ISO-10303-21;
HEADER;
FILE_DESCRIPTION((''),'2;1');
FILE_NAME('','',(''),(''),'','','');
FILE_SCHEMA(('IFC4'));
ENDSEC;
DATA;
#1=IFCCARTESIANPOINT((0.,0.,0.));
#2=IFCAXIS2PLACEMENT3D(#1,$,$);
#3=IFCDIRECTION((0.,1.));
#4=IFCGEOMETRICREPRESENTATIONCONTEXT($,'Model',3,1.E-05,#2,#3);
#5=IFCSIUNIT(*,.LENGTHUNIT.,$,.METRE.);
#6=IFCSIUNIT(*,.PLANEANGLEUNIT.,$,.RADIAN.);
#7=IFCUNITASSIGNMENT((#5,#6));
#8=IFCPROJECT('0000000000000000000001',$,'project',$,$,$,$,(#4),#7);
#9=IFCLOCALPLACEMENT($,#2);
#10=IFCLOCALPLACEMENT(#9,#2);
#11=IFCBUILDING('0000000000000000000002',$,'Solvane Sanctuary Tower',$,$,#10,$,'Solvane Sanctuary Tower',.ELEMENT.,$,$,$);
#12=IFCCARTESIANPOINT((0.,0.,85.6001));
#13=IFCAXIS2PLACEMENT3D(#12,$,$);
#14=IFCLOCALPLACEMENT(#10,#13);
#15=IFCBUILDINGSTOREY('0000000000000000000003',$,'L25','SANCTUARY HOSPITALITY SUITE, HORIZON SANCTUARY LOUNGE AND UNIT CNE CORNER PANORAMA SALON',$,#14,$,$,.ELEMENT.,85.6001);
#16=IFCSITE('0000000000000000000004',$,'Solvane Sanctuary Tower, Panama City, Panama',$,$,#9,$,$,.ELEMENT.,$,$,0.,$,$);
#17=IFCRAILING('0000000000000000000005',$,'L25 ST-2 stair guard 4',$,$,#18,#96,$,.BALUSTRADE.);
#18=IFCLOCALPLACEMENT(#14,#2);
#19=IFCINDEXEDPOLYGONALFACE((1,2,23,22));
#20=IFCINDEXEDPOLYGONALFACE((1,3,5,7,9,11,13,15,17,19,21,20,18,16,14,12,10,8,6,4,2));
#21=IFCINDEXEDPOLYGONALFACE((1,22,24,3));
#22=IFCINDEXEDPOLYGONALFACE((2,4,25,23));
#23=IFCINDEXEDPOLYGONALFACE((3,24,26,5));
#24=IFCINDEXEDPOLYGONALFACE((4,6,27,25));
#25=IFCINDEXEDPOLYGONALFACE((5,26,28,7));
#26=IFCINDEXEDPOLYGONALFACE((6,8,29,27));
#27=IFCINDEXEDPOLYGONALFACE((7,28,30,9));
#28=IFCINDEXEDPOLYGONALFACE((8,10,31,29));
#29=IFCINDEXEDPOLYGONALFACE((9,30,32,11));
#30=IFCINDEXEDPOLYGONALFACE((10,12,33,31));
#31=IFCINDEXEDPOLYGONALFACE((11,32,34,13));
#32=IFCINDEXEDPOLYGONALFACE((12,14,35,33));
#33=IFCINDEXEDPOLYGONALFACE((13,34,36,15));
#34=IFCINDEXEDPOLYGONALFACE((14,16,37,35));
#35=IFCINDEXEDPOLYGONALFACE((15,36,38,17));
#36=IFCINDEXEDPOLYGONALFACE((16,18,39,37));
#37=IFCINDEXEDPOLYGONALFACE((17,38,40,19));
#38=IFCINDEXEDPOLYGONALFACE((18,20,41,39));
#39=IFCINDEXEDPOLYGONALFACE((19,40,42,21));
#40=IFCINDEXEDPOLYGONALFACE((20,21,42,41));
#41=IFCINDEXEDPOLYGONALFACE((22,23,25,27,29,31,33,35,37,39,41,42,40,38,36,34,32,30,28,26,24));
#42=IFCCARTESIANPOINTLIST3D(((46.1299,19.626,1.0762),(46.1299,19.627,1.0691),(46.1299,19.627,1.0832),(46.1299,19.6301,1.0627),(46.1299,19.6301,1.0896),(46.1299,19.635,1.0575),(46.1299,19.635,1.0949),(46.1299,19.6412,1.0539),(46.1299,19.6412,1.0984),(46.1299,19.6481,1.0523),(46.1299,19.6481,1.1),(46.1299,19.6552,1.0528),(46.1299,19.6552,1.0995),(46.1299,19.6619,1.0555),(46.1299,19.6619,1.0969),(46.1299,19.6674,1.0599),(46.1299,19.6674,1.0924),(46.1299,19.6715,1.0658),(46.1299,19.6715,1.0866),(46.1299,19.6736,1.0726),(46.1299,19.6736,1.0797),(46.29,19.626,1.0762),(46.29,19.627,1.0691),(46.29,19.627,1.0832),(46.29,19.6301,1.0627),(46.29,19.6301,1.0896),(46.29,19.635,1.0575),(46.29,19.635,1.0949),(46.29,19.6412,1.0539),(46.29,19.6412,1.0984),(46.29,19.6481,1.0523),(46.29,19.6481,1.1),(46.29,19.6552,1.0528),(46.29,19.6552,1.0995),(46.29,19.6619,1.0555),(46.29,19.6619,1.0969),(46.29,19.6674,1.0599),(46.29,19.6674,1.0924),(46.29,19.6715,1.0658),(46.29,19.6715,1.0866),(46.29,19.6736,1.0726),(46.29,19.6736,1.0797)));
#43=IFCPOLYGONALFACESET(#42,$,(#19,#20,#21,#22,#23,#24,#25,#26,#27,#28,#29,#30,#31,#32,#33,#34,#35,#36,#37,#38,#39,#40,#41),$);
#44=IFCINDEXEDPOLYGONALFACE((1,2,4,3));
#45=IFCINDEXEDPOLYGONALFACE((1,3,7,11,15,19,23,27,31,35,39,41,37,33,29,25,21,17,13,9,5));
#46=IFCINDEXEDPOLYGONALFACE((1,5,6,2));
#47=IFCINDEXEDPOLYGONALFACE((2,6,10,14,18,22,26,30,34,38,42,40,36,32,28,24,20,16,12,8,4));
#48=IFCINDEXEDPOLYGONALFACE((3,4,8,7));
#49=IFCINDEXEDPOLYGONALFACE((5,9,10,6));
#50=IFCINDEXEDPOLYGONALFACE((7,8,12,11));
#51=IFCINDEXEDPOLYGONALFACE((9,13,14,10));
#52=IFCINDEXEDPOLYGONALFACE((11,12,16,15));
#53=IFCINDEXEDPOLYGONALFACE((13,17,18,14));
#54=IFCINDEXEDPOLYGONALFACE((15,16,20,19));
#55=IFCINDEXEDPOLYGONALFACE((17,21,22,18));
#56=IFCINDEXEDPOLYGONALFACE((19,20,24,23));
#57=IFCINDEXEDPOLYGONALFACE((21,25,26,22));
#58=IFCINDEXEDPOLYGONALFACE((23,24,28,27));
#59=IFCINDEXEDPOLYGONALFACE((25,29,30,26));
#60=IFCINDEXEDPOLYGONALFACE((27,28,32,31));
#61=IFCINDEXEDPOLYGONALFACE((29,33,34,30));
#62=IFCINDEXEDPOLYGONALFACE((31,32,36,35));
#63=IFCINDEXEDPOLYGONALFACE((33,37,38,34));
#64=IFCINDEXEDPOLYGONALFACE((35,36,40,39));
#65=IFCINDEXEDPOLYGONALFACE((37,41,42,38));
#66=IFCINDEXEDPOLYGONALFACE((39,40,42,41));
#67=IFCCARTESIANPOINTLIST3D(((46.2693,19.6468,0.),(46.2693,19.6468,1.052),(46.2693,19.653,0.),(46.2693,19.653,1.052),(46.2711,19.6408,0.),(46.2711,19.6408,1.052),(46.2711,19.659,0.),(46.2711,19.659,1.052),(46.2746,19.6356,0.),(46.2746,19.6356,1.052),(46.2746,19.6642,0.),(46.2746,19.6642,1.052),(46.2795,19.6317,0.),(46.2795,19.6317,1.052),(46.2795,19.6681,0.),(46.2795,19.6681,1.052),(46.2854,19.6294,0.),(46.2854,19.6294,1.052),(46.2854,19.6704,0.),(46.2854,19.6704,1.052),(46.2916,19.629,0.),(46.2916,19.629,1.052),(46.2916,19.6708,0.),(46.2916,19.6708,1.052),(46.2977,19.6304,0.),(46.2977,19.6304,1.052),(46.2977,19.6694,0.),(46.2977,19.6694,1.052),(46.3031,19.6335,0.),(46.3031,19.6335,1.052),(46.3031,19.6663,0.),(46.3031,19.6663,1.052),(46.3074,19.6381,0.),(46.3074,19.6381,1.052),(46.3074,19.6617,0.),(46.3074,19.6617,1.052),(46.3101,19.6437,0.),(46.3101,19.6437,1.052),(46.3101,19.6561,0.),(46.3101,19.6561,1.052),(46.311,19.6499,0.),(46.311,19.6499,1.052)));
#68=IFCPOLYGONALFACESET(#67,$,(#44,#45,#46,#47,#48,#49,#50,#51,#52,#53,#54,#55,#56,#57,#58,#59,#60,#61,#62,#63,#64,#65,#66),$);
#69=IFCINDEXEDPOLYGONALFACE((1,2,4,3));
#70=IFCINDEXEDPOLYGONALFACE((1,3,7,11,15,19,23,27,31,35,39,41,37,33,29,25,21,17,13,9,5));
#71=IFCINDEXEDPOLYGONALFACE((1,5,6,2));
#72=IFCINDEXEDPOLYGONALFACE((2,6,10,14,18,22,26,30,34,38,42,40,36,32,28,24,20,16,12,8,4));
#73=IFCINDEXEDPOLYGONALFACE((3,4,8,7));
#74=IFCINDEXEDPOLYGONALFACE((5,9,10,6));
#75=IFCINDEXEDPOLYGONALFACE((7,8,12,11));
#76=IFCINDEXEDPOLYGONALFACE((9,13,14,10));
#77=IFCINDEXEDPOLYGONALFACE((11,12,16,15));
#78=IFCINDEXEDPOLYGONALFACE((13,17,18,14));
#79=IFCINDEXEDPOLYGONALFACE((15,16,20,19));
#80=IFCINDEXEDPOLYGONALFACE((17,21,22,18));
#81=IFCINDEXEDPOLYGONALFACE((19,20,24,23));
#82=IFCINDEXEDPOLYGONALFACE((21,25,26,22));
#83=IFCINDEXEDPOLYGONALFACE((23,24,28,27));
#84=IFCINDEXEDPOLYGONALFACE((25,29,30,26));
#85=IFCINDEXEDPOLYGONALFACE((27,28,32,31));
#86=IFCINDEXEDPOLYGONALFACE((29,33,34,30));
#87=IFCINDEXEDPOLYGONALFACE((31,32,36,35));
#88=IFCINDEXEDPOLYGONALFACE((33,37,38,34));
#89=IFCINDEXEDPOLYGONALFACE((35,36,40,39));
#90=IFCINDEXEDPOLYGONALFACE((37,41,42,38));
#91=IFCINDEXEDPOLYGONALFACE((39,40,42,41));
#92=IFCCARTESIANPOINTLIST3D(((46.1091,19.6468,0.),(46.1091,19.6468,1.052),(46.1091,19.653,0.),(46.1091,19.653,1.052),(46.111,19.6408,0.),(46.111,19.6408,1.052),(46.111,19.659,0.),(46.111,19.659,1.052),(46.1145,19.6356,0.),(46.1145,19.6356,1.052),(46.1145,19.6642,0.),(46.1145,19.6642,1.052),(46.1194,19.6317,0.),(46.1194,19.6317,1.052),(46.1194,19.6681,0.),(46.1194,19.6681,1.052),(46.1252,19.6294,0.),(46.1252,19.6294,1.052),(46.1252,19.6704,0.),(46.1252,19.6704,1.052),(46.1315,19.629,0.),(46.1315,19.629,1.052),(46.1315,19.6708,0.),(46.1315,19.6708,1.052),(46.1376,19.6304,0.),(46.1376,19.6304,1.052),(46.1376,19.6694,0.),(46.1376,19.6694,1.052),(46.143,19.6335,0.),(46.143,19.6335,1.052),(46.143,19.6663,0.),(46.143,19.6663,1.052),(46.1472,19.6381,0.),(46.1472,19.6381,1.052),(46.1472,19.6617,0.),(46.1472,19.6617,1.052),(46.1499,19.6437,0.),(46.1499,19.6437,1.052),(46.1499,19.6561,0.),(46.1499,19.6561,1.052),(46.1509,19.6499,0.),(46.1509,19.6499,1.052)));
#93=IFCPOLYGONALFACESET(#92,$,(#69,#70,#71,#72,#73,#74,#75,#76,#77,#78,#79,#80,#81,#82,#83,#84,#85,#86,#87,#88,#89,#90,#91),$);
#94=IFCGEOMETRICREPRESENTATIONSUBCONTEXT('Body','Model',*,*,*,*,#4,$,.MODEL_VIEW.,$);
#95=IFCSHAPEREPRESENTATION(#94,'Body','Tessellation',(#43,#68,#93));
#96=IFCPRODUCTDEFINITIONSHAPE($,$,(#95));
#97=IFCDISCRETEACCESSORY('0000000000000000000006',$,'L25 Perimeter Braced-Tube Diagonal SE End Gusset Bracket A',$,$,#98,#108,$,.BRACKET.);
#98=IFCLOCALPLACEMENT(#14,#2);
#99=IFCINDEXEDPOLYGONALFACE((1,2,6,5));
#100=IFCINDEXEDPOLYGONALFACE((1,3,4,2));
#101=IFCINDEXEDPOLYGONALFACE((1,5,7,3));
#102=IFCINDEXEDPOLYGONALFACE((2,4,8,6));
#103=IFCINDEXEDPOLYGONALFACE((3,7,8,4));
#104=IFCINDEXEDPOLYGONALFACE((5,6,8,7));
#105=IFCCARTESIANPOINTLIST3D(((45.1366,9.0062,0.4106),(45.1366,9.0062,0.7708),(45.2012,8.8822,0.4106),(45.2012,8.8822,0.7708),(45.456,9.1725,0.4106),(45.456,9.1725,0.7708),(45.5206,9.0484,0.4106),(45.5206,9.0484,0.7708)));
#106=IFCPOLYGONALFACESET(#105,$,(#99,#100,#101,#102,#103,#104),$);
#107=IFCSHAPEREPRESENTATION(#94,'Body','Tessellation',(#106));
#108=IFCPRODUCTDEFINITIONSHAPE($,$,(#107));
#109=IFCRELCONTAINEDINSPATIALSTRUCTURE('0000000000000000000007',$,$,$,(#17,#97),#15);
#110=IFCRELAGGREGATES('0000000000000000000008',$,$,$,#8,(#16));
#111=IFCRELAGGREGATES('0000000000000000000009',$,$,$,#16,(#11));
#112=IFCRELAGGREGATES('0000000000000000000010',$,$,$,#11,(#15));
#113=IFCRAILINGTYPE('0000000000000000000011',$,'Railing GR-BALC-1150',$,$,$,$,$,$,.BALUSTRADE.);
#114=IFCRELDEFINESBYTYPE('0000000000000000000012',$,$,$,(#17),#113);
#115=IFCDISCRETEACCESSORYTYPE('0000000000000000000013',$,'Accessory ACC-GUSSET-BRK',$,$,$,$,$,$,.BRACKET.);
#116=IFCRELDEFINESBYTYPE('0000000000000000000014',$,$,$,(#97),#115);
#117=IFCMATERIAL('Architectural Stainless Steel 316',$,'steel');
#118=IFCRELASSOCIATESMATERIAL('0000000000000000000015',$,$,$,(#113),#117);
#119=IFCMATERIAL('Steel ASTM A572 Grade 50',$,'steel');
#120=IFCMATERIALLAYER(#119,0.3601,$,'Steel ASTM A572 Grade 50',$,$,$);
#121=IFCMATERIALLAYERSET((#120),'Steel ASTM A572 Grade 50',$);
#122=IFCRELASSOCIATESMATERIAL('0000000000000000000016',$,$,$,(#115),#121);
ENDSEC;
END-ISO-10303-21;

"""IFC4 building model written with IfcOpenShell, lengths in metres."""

from ifc_helpers import new_model, si_unit, direction, frame, origin, origin_2d, place, context, subcontext, project, spatial, rectangle, circle, extrude, material, layer, layer_set, type_object, element, save


model = new_model("IFC4")

# Units and contexts
model_context = context("Model", 3, precision=1e-05, world=origin(), true_north=direction((0.0, 1.0)))
body_context = subcontext(model_context, "Body", "Model", "MODEL_VIEW")
ifc_project = project(units=[si_unit("LENGTHUNIT", "METRE"), si_unit("PLANEANGLEUNIT", "RADIAN")], contexts=[model_context])

# Site, building, storey
site_placement = place(None, origin())
site = spatial("IfcSite", under=ifc_project, at=site_placement, Name="Solvane Sanctuary Tower, Panama City, Panama", CompositionType="ELEMENT", RefElevation=0.0)
building_placement = place(site_placement, origin())
building = spatial("IfcBuilding", under=site, at=building_placement, Name="Solvane Sanctuary Tower", LongName="Solvane Sanctuary Tower", CompositionType="ELEMENT")
storey_placement = place(building_placement, frame((0.0, 0.0, 85.6001)))
storey = spatial("IfcBuildingStorey", under=building, at=storey_placement, Name="L25", Description="SANCTUARY HOSPITALITY SUITE, HORIZON SANCTUARY LOUNGE AND UNIT CNE CORNER PANORAMA SALON", CompositionType="ELEMENT", Elevation=85.6001)

# Shared definitions
ifc_material_1 = material(Name="Architectural Stainless Steel 316", Category="steel")

# Railing
railing_type = type_object("IfcRailingType", Name="Railing GR-BALC-1150", PredefinedType="BALUSTRADE", material=ifc_material_1)
railing_1_placement = place(storey_placement, frame((46.29, 19.6499, 0.0)))
element("IfcRailing", 1, at=railing_1_placement, inside=storey, type_object=railing_type, Name="L25 ST-2 stair guard 4", PredefinedType="BALUSTRADE", context=body_context, shape_type="SweptSolid", body=[
    extrude(circle(Radius=0.0239, at=origin_2d()), frame((0.0, 0.0, 1.0762), z_axis=(-1.0, 0.0, 0.0), x_axis=(0.0, -1.0, 0.0)), (0.0, 0.0, 1.0), 0.1602),
    extrude(circle(Radius=0.021, at=origin_2d()), origin(), (0.0, 0.0, 1.0), 1.052),
    extrude(circle(Radius=0.021, at=origin_2d()), frame((-0.1602, 0.0, 0.0)), (0.0, 0.0, 1.0), 1.052),
])

# Discrete accessory
ifc_material_2 = material(Name="Steel ASTM A572 Grade 50", Category="steel")
ifc_layer_1 = layer(ifc_material_2, 0.3601, Name="Steel ASTM A572 Grade 50")
ifc_layer_set_1 = layer_set([ifc_layer_1], Name="Steel ASTM A572 Grade 50")
discrete_accessory_type = type_object("IfcDiscreteAccessoryType", Name="Accessory ACC-GUSSET-BRK", PredefinedType="BRACKET", material=ifc_layer_set_1)
discrete_accessory_placement = place(storey_placement, frame((45.3286, 9.0273, 0.4106), z_axis=(0.0, 0.0, 1.0), x_axis=(0.887011, 0.461749, 0.0)))
element("IfcDiscreteAccessory", 2, at=discrete_accessory_placement, inside=storey, type_object=discrete_accessory_type, Name="L25 Perimeter Braced-Tube Diagonal SE End Gusset Bracket A", PredefinedType="BRACKET", context=body_context, shape_type="SweptSolid", body=[
    extrude(rectangle(XDim=0.3601, YDim=0.1399, at=origin_2d()), origin(), (0.0, 0.0, 1.0), 0.3601),
])

save(model, "model.ifc")
